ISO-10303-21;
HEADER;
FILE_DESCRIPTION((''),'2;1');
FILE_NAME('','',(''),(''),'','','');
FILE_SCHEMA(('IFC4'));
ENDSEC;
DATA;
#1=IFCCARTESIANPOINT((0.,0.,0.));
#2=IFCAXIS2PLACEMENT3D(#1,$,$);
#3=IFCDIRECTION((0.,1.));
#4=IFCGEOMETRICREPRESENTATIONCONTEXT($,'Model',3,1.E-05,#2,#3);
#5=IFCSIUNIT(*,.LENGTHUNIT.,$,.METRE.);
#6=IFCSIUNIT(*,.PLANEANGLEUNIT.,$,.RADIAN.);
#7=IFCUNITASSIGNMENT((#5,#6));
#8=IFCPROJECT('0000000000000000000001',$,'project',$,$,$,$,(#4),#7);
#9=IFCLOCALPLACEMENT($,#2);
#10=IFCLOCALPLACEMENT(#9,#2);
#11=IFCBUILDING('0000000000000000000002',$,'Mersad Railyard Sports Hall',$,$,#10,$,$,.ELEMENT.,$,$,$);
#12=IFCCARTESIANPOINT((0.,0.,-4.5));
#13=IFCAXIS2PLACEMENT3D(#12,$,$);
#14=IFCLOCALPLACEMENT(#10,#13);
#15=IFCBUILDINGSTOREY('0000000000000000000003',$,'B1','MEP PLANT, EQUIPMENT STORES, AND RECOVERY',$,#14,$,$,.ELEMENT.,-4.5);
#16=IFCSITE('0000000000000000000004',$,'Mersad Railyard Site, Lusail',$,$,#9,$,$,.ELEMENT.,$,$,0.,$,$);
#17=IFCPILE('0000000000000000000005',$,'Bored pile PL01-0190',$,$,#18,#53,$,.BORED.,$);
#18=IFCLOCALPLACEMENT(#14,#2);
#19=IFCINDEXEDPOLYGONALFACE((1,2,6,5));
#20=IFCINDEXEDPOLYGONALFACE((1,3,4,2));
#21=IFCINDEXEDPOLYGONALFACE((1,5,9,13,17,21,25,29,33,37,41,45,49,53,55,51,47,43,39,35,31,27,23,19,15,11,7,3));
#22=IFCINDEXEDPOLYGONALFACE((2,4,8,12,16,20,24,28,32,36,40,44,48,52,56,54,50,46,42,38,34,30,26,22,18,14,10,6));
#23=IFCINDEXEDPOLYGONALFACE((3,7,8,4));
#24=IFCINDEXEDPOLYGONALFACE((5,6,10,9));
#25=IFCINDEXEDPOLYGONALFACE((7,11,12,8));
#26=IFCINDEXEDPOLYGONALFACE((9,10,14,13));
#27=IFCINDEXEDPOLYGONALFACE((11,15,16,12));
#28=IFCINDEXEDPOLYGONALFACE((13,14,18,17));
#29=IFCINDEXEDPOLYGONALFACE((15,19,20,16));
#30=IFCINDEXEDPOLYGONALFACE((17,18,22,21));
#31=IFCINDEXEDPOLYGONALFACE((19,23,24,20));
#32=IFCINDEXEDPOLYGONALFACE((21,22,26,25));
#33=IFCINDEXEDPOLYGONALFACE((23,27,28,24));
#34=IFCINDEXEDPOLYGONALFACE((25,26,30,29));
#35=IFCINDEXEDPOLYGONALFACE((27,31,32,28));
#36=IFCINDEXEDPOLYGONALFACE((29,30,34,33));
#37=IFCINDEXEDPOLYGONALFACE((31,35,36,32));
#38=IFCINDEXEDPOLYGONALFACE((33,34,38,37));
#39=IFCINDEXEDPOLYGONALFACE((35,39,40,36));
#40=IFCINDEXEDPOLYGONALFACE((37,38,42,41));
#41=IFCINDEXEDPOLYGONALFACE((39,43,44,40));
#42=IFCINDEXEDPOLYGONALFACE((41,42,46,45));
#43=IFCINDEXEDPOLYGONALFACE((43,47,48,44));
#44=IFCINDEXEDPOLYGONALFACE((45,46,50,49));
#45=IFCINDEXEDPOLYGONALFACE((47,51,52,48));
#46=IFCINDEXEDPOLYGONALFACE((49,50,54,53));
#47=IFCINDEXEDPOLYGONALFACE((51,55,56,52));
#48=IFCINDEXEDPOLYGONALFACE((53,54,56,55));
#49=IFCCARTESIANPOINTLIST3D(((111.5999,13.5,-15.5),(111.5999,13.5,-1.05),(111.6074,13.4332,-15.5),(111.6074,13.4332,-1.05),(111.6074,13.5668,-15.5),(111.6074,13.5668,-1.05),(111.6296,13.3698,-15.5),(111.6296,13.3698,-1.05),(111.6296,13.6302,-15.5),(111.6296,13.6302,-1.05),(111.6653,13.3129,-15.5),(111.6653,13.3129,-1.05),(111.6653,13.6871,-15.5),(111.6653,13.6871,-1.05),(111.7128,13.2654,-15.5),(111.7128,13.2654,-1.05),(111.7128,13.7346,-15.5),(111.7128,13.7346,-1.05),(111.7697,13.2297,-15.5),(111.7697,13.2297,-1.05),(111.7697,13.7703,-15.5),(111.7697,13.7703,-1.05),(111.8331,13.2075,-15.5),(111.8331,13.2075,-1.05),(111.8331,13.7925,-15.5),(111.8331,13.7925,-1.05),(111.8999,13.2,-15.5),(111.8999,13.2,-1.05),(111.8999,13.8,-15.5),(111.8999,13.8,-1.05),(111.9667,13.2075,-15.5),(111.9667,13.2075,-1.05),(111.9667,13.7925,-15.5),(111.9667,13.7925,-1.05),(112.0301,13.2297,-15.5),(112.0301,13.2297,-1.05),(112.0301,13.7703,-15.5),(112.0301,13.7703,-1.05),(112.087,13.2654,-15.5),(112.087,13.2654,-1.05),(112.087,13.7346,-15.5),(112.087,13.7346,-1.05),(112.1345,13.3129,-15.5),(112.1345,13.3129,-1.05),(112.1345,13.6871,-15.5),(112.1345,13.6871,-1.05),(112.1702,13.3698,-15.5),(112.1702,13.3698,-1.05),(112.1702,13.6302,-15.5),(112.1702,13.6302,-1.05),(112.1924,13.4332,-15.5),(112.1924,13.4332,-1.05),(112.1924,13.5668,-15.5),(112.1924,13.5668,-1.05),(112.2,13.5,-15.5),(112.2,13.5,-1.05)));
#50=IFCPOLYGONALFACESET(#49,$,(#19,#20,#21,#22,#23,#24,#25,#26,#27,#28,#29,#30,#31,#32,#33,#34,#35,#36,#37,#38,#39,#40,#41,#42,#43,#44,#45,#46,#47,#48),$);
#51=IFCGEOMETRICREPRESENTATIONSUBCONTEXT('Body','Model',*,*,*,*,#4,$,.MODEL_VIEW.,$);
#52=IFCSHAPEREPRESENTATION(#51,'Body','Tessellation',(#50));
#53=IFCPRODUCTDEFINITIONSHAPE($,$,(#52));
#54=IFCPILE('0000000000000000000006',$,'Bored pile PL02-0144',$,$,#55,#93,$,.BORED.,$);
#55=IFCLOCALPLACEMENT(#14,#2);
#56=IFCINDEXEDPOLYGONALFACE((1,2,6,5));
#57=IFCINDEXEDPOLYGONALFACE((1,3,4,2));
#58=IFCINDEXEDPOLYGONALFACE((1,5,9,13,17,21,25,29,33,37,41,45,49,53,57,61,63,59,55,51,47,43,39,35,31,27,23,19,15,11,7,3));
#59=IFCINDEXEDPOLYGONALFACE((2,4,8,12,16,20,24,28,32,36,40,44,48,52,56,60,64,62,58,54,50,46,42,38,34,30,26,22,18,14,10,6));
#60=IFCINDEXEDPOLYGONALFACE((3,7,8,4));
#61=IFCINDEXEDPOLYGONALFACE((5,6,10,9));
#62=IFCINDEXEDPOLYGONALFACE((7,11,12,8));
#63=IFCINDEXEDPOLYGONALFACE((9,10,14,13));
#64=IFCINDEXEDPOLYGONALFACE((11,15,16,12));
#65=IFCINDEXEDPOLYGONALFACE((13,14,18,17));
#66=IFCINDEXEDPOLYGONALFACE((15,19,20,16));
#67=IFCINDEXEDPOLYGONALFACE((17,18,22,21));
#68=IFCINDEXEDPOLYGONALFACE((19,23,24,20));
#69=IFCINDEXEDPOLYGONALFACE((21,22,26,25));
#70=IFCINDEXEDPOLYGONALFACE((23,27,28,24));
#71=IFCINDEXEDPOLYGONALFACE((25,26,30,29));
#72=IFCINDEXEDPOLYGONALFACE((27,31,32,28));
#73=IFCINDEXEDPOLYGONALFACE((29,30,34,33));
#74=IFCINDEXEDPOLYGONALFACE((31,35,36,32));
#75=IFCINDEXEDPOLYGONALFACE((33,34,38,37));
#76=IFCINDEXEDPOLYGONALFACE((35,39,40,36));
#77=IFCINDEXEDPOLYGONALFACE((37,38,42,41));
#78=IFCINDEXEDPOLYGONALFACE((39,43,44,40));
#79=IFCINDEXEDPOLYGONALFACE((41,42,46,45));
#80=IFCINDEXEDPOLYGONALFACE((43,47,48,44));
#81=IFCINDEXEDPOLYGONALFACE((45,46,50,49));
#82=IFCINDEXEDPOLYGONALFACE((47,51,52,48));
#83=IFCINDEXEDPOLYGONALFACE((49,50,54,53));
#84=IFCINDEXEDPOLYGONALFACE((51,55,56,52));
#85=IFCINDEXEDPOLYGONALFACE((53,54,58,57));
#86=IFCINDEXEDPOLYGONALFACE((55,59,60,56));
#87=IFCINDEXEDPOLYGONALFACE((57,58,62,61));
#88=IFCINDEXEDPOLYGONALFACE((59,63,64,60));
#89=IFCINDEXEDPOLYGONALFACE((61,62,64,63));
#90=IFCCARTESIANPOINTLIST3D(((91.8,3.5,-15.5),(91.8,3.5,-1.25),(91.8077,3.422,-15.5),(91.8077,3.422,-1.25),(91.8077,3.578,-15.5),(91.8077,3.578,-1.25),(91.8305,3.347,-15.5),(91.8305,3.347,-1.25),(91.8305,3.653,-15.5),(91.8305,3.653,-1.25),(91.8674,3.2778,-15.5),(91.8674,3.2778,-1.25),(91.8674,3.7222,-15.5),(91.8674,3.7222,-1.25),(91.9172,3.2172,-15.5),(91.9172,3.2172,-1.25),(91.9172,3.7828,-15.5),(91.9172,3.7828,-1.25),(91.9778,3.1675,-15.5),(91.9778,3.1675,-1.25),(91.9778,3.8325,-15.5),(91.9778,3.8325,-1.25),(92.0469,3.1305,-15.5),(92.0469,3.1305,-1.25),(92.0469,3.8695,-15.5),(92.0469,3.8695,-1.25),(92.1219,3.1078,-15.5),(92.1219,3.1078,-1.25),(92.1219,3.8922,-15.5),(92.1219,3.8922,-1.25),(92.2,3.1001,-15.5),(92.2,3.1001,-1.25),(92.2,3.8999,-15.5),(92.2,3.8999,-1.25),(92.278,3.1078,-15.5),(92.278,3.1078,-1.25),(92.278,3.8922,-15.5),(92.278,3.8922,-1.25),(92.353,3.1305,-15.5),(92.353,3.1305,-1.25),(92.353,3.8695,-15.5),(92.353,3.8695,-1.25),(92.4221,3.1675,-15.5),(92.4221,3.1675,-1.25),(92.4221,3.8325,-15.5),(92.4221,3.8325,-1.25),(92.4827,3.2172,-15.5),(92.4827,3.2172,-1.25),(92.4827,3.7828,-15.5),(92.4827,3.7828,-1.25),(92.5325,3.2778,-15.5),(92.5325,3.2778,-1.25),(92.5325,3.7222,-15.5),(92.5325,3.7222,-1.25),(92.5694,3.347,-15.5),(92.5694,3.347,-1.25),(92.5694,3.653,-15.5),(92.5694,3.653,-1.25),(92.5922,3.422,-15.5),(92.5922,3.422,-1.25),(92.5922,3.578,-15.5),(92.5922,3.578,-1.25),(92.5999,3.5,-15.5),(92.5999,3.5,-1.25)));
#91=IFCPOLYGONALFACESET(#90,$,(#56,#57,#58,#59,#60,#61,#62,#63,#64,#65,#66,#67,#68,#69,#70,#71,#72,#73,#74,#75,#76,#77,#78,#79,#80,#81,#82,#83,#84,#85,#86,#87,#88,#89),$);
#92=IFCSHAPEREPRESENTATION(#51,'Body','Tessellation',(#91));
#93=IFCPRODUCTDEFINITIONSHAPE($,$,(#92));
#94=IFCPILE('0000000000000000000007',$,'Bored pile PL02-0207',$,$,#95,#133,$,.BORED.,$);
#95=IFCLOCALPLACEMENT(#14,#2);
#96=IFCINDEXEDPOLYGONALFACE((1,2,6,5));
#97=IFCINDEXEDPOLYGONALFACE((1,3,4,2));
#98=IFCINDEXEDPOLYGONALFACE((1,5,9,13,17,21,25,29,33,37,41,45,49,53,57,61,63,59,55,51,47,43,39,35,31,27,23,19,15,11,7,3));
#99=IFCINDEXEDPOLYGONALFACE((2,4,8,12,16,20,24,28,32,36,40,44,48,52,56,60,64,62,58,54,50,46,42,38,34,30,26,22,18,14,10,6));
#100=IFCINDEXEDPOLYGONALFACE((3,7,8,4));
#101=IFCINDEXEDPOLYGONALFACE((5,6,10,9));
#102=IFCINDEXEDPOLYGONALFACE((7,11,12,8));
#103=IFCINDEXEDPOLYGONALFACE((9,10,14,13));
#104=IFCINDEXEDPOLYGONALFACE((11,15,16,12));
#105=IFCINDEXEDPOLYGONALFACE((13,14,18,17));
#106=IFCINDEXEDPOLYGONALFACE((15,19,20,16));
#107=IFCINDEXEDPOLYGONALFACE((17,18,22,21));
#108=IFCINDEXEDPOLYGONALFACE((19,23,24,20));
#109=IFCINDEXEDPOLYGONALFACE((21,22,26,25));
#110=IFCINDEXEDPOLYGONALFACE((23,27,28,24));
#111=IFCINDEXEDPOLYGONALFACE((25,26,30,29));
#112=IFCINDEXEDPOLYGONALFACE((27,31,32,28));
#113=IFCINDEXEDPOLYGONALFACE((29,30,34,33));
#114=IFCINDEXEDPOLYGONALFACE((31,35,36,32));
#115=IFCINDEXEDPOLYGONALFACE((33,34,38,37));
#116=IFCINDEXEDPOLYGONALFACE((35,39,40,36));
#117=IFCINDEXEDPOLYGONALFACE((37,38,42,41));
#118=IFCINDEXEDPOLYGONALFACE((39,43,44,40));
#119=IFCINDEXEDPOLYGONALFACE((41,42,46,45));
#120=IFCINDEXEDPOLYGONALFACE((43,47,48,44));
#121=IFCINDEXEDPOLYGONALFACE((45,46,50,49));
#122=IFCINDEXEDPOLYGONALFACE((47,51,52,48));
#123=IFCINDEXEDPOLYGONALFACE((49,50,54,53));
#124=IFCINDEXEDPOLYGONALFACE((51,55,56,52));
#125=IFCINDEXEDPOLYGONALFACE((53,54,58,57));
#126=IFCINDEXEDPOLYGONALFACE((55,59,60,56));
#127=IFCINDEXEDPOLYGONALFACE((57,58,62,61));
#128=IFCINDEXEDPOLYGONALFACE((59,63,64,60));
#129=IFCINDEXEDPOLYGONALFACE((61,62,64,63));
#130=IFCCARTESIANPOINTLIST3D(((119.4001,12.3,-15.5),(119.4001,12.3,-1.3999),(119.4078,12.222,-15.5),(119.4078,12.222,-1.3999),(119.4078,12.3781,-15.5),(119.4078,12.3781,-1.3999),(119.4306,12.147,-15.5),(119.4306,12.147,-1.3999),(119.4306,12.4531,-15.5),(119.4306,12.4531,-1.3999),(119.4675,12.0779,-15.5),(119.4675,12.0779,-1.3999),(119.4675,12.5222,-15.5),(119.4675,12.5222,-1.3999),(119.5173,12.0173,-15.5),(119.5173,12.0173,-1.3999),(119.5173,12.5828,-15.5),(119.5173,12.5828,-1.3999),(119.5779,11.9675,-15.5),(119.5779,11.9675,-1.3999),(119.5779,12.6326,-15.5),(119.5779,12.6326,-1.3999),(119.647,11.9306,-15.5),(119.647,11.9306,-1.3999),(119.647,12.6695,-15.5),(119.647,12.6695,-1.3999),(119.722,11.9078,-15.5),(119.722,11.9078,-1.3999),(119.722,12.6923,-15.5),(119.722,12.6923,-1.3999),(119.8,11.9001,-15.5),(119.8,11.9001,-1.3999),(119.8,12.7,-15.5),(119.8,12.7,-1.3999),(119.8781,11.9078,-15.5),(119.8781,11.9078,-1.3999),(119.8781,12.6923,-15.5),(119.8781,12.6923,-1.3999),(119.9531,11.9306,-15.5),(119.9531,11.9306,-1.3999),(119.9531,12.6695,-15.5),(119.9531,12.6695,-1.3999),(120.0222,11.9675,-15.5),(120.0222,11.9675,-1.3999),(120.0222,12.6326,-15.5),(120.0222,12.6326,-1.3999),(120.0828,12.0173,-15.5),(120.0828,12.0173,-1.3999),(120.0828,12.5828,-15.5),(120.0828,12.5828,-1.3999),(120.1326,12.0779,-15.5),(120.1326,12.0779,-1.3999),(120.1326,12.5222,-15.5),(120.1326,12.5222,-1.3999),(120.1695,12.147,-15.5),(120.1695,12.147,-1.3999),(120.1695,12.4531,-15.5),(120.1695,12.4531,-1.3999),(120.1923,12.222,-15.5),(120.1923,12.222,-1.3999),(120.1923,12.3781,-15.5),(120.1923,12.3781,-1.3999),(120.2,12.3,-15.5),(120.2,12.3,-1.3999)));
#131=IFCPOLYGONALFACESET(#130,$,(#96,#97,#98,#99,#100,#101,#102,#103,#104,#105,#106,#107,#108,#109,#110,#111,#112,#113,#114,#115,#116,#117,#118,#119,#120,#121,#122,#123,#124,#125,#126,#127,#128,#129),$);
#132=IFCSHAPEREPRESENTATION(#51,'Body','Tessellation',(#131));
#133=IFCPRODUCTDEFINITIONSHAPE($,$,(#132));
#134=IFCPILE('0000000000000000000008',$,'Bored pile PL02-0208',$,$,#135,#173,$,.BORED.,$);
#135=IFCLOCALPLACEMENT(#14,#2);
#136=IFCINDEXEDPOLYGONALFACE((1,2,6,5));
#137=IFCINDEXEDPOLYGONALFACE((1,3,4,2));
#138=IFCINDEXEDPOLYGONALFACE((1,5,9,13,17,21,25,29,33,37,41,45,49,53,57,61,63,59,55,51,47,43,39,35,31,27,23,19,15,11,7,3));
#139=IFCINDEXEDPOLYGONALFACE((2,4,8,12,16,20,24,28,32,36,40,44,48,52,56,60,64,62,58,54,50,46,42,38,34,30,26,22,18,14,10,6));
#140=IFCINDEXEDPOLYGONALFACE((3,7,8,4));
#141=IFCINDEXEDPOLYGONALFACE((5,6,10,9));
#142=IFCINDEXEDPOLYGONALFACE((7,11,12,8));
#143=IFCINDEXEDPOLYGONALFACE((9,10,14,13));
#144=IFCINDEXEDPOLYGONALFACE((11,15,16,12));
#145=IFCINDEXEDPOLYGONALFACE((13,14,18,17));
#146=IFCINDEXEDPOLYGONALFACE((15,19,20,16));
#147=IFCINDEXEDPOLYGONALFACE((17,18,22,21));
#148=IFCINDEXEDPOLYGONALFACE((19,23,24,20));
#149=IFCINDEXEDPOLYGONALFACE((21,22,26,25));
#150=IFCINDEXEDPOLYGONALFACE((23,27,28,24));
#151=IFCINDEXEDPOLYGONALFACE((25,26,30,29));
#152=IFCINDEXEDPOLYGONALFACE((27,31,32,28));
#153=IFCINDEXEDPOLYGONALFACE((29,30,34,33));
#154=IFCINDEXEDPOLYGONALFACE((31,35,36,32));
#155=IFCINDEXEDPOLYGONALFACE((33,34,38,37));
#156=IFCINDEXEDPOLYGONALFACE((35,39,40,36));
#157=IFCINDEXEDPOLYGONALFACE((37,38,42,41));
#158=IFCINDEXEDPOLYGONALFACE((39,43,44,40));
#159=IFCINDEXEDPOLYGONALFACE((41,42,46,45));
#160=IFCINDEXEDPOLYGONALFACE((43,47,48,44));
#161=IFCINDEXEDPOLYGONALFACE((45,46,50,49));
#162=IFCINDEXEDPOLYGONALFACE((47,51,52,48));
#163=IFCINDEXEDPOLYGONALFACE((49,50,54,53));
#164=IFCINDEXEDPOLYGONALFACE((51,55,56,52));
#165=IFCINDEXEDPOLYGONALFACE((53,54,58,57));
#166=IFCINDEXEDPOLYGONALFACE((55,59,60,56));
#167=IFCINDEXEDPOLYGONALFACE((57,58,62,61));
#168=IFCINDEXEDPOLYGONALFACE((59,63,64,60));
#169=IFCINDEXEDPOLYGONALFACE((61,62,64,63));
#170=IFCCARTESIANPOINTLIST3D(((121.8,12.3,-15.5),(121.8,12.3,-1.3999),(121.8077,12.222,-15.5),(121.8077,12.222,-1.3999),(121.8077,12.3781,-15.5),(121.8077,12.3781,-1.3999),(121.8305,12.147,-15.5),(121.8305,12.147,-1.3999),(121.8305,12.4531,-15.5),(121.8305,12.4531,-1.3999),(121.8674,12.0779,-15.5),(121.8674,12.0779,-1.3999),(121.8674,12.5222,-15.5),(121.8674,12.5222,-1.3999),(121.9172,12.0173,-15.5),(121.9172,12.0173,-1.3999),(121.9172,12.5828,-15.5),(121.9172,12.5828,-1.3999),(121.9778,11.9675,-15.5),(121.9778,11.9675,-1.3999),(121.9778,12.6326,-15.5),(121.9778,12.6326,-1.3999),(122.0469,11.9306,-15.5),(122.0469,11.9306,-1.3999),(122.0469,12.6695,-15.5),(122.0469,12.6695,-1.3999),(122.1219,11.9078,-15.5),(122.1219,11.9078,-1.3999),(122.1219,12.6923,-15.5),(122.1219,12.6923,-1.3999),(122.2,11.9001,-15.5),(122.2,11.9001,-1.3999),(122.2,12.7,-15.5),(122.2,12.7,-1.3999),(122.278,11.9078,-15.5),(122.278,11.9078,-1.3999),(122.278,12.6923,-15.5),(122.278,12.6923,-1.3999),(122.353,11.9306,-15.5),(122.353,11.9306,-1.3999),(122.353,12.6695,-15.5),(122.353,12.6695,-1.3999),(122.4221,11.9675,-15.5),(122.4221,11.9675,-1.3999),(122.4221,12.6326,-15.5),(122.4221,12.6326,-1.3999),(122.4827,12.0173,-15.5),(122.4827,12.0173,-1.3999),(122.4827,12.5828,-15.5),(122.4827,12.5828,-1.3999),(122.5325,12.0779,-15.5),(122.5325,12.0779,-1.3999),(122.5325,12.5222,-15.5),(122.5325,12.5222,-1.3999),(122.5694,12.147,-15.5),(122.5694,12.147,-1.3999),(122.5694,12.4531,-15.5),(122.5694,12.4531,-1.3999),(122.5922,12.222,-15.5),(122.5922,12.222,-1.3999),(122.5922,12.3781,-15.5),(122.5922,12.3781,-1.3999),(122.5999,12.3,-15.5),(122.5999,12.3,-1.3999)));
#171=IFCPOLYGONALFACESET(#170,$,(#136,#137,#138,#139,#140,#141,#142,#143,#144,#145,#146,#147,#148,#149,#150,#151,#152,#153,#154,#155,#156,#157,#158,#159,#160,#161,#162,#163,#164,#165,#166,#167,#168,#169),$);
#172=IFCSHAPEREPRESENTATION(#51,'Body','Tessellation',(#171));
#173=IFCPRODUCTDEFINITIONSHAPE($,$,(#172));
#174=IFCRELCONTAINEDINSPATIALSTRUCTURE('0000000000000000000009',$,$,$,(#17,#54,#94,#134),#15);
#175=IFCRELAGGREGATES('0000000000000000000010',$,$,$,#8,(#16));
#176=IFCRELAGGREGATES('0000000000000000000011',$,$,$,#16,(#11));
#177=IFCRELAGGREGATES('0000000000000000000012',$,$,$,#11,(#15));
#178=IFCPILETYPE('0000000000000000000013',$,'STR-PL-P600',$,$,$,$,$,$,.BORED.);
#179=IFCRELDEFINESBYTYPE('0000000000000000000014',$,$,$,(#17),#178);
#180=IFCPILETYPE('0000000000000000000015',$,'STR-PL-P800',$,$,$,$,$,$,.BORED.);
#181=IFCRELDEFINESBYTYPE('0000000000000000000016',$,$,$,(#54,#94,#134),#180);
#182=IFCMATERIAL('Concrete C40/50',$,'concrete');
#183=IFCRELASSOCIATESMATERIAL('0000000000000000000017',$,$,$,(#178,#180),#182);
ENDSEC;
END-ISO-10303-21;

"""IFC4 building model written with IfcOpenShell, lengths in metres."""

from ifc_helpers import new_model, si_unit, direction, frame, origin, origin_2d, place, context, subcontext, project, spatial, circle, extrude, material, material_profile, profile_set, type_object, element, save


model = new_model("IFC4")

# Units and contexts
model_context = context("Model", 3, precision=1e-05, world=origin(), true_north=direction((0.0, 1.0)))
body_context = subcontext(model_context, "Body", "Model", "MODEL_VIEW")
ifc_project = project(units=[si_unit("LENGTHUNIT", "METRE"), si_unit("PLANEANGLEUNIT", "RADIAN")], contexts=[model_context])

# Site, building, storey
site_placement = place(None, origin())
site = spatial("IfcSite", under=ifc_project, at=site_placement, Name="Mersad Railyard Site, Lusail", CompositionType="ELEMENT", RefElevation=0.0)
building_placement = place(site_placement, origin())
building = spatial("IfcBuilding", under=site, at=building_placement, Name="Mersad Railyard Sports Hall", CompositionType="ELEMENT")
storey_placement = place(building_placement, frame((0.0, 0.0, -4.5)))
storey = spatial("IfcBuildingStorey", under=building, at=storey_placement, Name="B1", Description="MEP PLANT, EQUIPMENT STORES, AND RECOVERY", CompositionType="ELEMENT", Elevation=-4.5)

# Shared definitions
ifc_material_1 = material(Name="Concrete C40/50", Category="concrete")

# Piles
ifc_material_profile_1 = material_profile(ifc_material_1, circle(Radius=0.3, at=origin_2d()), Name="BORED PILE D600")
ifc_profile_set_1 = profile_set([ifc_material_profile_1], Name="Concrete C40/50")
pile_type_1 = type_object("IfcPileType", Name="STR-PL-P600", PredefinedType="BORED", material=ifc_profile_set_1)
for number, where, z_axis, x_axis, name in (
    (1, (111.8999, 13.5, -1.05), (0.0, 0.0, -1.0), (1.0, 0.0, 0.0), "Bored pile PL01-0190"),
):
    element("IfcPile", number, at=place(storey_placement, frame(where, z_axis=z_axis, x_axis=x_axis)), inside=storey, type_object=pile_type_1, Name=name, PredefinedType="BORED", context=body_context, shape_type="SweptSolid", body=[
        extrude(circle(Radius=0.3, at=origin_2d()), origin(), (0.0, 0.0, 1.0), 14.45),
    ])
ifc_material_profile_2 = material_profile(ifc_material_1, circle(Radius=0.3999, at=origin_2d()), Name="BORED PILE D800")
ifc_profile_set_2 = profile_set([ifc_material_profile_2], Name="Concrete C40/50")
pile_type_2 = type_object("IfcPileType", Name="STR-PL-P800", PredefinedType="BORED", material=ifc_profile_set_2)
pile_1_placement = place(storey_placement, frame((92.2, 3.5, -1.25), z_axis=(0.0, 0.0, -1.0), x_axis=(1.0, 0.0, 0.0)))
element("IfcPile", 2, at=pile_1_placement, inside=storey, type_object=pile_type_2, Name="Bored pile PL02-0144", PredefinedType="BORED", context=body_context, shape_type="SweptSolid", body=[
    extrude(circle(Radius=0.3999, at=origin_2d()), origin(), (0.0, 0.0, 1.0), 14.25),
])
for number, where, z_axis, x_axis, name in (
    (3, (119.8, 12.3, -1.3999), (0.0, 0.0, -1.0), (1.0, 0.0, 0.0), "Bored pile PL02-0207"),
    (4, (122.2, 12.3, -1.3999), (0.0, 0.0, -1.0), (1.0, 0.0, 0.0), "Bored pile PL02-0208"),
):
    element("IfcPile", number, at=place(storey_placement, frame(where, z_axis=z_axis, x_axis=x_axis)), inside=storey, type_object=pile_type_2, Name=name, PredefinedType="BORED", context=body_context, shape_type="SweptSolid", body=[
        extrude(circle(Radius=0.3999, at=origin_2d()), origin(), (0.0, 0.0, 1.0), 14.1001),
    ])

save(model, "model.ifc")
